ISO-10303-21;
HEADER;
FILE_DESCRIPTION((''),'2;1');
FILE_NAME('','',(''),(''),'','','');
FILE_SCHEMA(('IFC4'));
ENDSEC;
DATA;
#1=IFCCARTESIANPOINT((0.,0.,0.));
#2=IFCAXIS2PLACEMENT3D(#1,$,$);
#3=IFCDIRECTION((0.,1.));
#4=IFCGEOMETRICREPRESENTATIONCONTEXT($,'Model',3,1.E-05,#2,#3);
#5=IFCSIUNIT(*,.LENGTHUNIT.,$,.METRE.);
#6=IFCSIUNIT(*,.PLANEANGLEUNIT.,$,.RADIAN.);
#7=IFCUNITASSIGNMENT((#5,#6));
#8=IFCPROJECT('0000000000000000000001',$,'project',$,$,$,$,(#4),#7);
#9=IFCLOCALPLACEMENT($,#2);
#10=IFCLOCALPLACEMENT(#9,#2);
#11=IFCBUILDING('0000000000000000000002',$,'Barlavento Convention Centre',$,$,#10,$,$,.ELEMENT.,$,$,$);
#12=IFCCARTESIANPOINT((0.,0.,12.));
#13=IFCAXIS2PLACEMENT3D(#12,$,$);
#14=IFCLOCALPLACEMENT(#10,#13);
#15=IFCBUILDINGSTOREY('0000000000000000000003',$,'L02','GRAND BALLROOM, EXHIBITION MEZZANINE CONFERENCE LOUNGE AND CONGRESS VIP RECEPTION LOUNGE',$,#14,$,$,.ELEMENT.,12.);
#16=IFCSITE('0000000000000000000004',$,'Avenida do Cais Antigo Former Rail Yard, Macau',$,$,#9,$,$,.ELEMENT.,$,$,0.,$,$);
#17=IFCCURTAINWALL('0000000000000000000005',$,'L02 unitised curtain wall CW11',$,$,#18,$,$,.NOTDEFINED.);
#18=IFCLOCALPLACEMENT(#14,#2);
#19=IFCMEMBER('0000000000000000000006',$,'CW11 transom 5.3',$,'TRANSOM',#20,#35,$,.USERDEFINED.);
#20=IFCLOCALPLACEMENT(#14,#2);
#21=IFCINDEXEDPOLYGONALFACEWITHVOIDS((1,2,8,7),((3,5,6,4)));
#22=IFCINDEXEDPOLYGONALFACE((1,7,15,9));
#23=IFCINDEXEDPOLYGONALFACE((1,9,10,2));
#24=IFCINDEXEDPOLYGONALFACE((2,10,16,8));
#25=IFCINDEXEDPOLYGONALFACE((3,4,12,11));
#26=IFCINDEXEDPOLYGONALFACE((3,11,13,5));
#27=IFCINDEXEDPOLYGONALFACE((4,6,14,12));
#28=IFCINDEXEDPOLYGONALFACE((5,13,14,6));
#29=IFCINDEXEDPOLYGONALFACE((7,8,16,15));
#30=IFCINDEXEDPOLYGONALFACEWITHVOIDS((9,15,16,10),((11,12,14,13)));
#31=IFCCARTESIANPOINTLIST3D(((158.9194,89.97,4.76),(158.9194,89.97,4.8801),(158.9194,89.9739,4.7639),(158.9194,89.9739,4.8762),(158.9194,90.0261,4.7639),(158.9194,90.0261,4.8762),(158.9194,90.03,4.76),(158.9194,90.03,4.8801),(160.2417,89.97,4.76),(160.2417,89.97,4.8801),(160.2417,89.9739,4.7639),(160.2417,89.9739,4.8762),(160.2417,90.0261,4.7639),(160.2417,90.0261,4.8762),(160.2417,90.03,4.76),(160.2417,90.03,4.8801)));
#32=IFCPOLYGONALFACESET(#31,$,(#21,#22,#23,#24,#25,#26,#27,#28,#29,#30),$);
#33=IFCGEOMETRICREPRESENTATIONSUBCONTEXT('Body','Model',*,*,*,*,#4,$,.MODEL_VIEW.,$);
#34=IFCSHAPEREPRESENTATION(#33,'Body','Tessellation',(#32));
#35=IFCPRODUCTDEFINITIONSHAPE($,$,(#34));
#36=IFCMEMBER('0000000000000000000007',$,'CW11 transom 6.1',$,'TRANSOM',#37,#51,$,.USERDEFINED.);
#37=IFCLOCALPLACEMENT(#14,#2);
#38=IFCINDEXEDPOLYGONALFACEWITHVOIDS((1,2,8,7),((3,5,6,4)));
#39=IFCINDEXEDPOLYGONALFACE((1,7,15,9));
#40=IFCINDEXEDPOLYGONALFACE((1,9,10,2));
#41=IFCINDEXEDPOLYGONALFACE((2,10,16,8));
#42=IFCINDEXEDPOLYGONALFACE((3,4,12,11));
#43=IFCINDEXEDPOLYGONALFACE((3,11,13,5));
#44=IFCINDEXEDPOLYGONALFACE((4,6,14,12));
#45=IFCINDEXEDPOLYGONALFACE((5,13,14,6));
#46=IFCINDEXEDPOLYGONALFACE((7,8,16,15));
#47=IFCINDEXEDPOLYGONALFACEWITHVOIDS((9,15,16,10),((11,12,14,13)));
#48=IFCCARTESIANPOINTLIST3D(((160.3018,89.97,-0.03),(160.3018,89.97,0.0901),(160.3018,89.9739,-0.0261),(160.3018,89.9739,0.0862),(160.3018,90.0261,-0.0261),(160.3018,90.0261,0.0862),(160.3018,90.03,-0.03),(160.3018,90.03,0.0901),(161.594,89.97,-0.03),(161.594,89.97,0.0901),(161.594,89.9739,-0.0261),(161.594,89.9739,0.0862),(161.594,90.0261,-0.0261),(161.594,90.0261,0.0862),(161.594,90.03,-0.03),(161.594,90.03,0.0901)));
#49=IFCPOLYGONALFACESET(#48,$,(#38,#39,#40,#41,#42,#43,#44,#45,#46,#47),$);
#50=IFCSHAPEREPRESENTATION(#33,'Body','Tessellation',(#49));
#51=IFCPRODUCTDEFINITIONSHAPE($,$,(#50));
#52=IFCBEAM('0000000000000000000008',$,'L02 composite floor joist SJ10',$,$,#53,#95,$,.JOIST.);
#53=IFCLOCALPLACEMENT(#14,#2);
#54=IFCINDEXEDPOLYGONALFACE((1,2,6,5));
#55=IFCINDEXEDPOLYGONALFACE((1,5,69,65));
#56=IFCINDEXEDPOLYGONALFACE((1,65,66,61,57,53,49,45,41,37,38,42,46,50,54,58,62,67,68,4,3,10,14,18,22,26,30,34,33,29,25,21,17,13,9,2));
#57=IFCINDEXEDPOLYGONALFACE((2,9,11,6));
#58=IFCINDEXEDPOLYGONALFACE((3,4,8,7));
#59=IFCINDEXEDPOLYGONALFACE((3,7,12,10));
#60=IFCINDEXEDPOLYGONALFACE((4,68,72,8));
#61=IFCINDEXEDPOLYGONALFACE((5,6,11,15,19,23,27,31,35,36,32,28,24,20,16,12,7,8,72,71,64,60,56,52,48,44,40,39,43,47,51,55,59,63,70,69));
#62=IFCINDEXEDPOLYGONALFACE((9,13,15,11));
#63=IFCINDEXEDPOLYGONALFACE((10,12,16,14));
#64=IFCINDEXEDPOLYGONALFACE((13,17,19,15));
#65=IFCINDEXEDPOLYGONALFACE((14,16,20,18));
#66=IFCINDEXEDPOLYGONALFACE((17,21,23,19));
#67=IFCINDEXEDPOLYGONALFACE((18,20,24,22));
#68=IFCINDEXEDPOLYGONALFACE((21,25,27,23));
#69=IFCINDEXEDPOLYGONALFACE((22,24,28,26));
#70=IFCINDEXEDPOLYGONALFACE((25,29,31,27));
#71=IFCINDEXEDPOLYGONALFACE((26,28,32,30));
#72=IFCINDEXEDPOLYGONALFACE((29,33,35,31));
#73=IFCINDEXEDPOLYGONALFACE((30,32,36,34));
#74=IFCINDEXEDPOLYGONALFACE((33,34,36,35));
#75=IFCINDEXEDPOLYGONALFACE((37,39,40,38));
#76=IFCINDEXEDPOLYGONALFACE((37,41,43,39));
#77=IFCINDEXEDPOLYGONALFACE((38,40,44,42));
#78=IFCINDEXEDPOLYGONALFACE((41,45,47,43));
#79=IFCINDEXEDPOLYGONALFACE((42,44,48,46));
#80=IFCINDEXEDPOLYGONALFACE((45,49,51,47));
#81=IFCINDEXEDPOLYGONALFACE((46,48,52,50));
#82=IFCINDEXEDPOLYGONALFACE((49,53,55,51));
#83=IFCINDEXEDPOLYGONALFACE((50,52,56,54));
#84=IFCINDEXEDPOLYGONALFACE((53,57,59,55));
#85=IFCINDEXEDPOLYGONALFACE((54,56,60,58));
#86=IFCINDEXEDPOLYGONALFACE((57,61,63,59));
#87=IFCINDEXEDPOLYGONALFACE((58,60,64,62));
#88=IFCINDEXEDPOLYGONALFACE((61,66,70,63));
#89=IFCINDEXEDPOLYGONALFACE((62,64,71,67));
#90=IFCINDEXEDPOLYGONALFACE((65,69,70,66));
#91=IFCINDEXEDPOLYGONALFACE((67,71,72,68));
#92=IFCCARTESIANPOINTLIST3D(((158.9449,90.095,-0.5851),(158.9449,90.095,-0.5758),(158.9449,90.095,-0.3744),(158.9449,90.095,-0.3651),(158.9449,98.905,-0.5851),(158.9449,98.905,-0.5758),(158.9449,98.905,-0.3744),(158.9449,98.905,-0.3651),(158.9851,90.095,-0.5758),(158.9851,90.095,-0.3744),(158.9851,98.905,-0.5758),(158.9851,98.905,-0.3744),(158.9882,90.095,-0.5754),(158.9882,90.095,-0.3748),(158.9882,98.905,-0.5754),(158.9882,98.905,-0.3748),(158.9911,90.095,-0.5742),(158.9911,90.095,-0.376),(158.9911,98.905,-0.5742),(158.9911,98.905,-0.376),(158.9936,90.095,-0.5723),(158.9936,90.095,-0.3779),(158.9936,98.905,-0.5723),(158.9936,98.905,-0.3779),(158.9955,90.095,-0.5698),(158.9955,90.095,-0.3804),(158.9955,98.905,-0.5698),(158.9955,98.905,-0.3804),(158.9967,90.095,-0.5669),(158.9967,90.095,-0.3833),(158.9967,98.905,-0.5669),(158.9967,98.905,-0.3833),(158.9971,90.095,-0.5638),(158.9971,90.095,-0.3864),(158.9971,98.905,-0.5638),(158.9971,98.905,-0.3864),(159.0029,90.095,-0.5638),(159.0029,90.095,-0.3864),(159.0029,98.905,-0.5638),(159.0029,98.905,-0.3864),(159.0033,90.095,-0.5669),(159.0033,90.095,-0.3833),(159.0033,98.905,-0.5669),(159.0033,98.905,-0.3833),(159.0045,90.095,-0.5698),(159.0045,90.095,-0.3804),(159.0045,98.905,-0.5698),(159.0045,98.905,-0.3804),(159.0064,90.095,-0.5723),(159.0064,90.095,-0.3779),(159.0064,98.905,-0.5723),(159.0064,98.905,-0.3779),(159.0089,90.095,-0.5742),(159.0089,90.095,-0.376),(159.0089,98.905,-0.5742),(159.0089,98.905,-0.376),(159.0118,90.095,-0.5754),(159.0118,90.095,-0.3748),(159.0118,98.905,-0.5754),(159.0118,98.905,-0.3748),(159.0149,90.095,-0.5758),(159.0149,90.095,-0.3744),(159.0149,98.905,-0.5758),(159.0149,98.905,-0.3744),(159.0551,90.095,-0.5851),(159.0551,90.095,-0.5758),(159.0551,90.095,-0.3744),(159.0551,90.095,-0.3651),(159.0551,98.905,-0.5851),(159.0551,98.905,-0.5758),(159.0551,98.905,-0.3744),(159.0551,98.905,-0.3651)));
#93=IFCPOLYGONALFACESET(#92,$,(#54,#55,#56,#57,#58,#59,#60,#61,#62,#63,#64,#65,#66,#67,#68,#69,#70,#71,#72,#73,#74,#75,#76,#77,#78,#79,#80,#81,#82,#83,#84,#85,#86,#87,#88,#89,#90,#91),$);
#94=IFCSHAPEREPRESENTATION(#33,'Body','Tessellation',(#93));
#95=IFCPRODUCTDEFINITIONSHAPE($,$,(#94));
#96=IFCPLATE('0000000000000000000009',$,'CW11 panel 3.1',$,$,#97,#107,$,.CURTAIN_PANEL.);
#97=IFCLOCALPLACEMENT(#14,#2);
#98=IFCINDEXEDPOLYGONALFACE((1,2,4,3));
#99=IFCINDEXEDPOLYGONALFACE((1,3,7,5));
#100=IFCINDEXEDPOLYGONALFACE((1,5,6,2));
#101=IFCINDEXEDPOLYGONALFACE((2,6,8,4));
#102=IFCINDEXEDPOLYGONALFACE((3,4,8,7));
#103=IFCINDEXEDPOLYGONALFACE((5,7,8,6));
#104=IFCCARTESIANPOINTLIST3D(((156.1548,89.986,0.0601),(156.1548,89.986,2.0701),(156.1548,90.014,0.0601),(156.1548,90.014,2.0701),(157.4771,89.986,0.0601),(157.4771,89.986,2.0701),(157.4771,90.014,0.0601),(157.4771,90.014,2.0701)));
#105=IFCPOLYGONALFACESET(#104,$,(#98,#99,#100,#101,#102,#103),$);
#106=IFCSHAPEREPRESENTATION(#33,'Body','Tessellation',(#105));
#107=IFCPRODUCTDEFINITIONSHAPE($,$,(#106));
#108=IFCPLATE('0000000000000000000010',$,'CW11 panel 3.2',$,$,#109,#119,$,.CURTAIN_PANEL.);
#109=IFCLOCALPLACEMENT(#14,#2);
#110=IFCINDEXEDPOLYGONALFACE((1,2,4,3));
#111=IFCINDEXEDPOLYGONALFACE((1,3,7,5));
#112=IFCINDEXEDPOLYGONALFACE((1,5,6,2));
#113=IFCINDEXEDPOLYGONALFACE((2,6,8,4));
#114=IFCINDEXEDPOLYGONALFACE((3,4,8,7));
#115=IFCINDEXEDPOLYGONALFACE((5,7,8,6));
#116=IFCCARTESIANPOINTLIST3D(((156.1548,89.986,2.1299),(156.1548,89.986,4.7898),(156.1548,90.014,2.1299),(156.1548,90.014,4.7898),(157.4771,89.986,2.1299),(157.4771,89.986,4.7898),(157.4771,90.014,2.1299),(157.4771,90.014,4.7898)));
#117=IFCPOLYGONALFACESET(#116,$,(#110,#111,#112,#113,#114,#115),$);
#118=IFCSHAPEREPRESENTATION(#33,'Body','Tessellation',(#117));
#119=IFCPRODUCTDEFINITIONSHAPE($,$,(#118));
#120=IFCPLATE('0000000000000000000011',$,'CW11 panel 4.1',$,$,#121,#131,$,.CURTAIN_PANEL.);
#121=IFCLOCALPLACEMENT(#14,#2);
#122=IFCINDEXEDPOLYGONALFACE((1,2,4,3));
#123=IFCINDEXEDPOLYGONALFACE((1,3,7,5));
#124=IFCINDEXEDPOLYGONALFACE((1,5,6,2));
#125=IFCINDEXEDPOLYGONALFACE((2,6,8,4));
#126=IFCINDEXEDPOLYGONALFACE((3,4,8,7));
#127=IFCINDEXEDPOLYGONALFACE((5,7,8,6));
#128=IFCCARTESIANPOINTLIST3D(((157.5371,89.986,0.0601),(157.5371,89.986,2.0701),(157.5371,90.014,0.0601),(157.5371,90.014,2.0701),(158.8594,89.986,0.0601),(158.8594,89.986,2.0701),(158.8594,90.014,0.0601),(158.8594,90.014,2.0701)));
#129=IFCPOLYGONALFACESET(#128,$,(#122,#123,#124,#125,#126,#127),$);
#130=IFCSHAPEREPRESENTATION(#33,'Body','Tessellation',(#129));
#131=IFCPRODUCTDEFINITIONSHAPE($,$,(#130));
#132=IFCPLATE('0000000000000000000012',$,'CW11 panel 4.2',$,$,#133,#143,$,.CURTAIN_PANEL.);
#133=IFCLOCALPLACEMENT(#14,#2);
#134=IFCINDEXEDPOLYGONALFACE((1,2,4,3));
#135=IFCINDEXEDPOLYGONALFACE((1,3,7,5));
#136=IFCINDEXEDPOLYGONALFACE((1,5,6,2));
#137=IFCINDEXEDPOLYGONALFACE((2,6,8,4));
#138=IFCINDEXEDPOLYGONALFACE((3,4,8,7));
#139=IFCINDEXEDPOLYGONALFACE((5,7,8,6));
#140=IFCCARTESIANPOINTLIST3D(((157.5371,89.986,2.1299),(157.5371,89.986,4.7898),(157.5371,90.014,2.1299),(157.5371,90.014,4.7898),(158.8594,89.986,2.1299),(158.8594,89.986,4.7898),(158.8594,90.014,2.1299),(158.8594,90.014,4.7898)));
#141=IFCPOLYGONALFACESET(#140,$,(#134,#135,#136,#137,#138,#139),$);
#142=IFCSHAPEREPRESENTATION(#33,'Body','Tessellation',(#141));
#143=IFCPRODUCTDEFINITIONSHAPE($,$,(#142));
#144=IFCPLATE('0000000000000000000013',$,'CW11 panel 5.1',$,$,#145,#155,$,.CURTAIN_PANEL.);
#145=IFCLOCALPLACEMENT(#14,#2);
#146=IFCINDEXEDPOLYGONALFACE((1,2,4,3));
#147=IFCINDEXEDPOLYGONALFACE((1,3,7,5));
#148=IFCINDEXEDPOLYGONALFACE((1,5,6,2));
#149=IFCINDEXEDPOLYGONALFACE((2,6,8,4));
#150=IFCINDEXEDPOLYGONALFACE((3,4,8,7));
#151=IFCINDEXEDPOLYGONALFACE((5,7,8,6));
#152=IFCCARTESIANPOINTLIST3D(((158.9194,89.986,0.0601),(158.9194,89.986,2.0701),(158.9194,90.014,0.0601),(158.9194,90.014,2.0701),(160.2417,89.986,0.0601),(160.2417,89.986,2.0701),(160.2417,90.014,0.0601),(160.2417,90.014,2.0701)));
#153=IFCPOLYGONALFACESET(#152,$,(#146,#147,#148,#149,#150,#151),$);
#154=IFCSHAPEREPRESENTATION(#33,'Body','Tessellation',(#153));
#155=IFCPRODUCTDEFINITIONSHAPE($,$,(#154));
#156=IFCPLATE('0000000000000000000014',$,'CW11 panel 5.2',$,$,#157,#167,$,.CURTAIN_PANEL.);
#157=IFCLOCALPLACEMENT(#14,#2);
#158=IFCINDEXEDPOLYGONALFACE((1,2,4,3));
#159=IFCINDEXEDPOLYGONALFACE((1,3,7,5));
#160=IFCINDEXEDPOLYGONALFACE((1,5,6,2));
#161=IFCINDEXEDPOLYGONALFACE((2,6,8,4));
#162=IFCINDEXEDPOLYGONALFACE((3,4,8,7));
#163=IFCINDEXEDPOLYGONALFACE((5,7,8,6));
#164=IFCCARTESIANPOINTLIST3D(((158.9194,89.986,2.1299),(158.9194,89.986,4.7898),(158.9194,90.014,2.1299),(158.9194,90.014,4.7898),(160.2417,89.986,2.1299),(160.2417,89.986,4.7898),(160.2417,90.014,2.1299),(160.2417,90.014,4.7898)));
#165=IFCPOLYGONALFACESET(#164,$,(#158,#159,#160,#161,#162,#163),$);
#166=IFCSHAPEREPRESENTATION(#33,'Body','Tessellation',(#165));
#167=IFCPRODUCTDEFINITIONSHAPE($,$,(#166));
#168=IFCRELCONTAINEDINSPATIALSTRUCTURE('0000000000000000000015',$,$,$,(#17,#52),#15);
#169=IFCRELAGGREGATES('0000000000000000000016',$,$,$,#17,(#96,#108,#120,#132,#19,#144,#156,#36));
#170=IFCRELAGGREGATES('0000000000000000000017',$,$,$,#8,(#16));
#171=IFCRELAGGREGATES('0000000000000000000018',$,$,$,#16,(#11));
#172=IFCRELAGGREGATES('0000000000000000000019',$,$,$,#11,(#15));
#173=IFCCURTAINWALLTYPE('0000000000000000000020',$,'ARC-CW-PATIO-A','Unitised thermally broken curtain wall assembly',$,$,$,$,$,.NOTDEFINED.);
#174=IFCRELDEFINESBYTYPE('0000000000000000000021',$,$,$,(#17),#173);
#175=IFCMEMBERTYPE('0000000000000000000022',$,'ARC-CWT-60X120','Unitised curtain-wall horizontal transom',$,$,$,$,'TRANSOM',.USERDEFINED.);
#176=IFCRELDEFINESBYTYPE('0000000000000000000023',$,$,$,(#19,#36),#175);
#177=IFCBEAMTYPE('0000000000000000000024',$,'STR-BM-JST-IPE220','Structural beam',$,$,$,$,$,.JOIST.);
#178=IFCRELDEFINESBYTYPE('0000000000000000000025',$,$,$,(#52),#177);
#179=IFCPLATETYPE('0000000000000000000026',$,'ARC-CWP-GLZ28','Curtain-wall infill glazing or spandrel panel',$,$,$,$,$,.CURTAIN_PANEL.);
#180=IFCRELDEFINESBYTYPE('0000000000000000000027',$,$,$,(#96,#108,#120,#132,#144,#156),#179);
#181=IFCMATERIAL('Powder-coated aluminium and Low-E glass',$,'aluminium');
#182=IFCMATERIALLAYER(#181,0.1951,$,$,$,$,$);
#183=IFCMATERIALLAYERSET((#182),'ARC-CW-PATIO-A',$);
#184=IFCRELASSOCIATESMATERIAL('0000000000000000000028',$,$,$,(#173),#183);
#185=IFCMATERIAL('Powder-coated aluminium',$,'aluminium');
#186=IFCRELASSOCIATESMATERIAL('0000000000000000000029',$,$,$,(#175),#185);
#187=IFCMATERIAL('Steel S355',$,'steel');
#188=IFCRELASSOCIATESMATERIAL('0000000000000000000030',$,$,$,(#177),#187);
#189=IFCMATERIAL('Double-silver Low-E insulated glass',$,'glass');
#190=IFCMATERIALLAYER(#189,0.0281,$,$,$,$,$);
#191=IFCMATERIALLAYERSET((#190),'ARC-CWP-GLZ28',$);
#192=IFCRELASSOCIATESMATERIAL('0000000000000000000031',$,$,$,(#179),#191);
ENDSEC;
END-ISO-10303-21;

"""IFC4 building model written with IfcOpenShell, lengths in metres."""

from ifc_helpers import new_model, si_unit, direction, frame, origin, origin_2d, place, context, subcontext, project, spatial, rectangle, hollow_rectangle, i_section, extrude, material, layer, layer_set, material_profile, profile_set, type_object, element, aggregate, save


model = new_model("IFC4")

# Units and contexts
model_context = context("Model", 3, precision=1e-05, world=origin(), true_north=direction((0.0, 1.0)))
body_context = subcontext(model_context, "Body", "Model", "MODEL_VIEW")
ifc_project = project(units=[si_unit("LENGTHUNIT", "METRE"), si_unit("PLANEANGLEUNIT", "RADIAN")], contexts=[model_context])

# Site, building, storey
site_placement = place(None, origin())
site = spatial("IfcSite", under=ifc_project, at=site_placement, Name="Avenida do Cais Antigo Former Rail Yard, Macau", CompositionType="ELEMENT", RefElevation=0.0)
building_placement = place(site_placement, origin())
building = spatial("IfcBuilding", under=site, at=building_placement, Name="Barlavento Convention Centre", CompositionType="ELEMENT")
storey_placement = place(building_placement, frame((0.0, 0.0, 12.0)))
storey = spatial("IfcBuildingStorey", under=building, at=storey_placement, Name="L02", Description="GRAND BALLROOM, EXHIBITION MEZZANINE CONFERENCE LOUNGE AND CONGRESS VIP RECEPTION LOUNGE", CompositionType="ELEMENT", Elevation=12.0)

# Curtain wall, members
ifc_material_1 = material(Name="Powder-coated aluminium and Low-E glass", Category="aluminium")
ifc_layer_1 = layer(ifc_material_1, 0.1951)
ifc_layer_set_1 = layer_set([ifc_layer_1], Name="ARC-CW-PATIO-A")
curtain_wall_type = type_object("IfcCurtainWallType", Name="ARC-CW-PATIO-A", Description="Unitised thermally broken curtain wall assembly", PredefinedType="NOTDEFINED", material=ifc_layer_set_1)
curtain_wall_placement = place(storey_placement, origin())
curtain_wall = element("IfcCurtainWall", 1, at=curtain_wall_placement, inside=storey, type_object=curtain_wall_type, Name="L02 unitised curtain wall CW11", PredefinedType="NOTDEFINED")
ifc_material_2 = material(Name="Powder-coated aluminium", Category="aluminium")
ifc_material_profile_1 = material_profile(ifc_material_2, hollow_rectangle(XDim=0.0601, YDim=0.1201, WallThickness=0.0039, at=origin_2d()), Name="AL-TRAN 60x120x4")
ifc_profile_set_1 = profile_set([ifc_material_profile_1], Name="Powder-coated aluminium")
member_type_1 = type_object("IfcMemberType", Name="ARC-CWT-60X120", Description="Unitised curtain-wall horizontal transom", ElementType="TRANSOM", PredefinedType="USERDEFINED", material=ifc_profile_set_1)
member_1_placement = place(storey_placement, frame((158.9194, 90.0, 4.8201), z_axis=(1.0, 0.0, 0.0), x_axis=(0.0, 1.0, 0.0)))
member_1 = element("IfcMember", 2, at=member_1_placement, type_object=member_type_1, Name="CW11 transom 5.3", ObjectType="TRANSOM", PredefinedType="USERDEFINED", context=body_context, shape_type="SweptSolid", body=[
    extrude(hollow_rectangle(XDim=0.0601, YDim=0.1201, WallThickness=0.0039, at=origin_2d()), origin(), (0.0, 0.0, 1.0), 1.3223),
])
member_2_placement = place(storey_placement, frame((160.3018, 90.0, 0.03), z_axis=(1.0, 0.0, 0.0), x_axis=(0.0, 1.0, 0.0)))
member_2 = element("IfcMember", 3, at=member_2_placement, type_object=member_type_1, Name="CW11 transom 6.1", ObjectType="TRANSOM", PredefinedType="USERDEFINED", context=body_context, shape_type="SweptSolid", body=[
    extrude(hollow_rectangle(XDim=0.0601, YDim=0.1201, WallThickness=0.0039, at=origin_2d()), origin(), (0.0, 0.0, 1.0), 1.2922),
])

# Beam
ifc_material_3 = material(Name="Steel S355", Category="steel")
ifc_material_profile_2 = material_profile(ifc_material_3, i_section(OverallWidth=0.1101, OverallDepth=0.22, WebThickness=0.0059, FlangeThickness=0.0093, FilletRadius=0.012, at=origin_2d()), Name="IPE 220")
ifc_profile_set_2 = profile_set([ifc_material_profile_2], Name="Steel S355")
beam_type = type_object("IfcBeamType", Name="STR-BM-JST-IPE220", Description="Structural beam", PredefinedType="JOIST", material=ifc_profile_set_2)
beam_placement = place(storey_placement, frame((159.0, 90.095, -0.4751), z_axis=(0.0, 1.0, 0.0), x_axis=(-1.0, 0.0, 0.0)))
element("IfcBeam", 4, at=beam_placement, inside=storey, type_object=beam_type, Name="L02 composite floor joist SJ10", PredefinedType="JOIST", context=body_context, shape_type="SweptSolid", body=[
    extrude(i_section(OverallWidth=0.1101, OverallDepth=0.22, WebThickness=0.0059, FlangeThickness=0.0093, FilletRadius=0.012, at=origin_2d()), origin(), (0.0, 0.0, 1.0), 8.8101),
])

# Plates
ifc_material_4 = material(Name="Double-silver Low-E insulated glass", Category="glass")
ifc_layer_2 = layer(ifc_material_4, 0.0281)
ifc_layer_set_2 = layer_set([ifc_layer_2], Name="ARC-CWP-GLZ28")
plate_type = type_object("IfcPlateType", Name="ARC-CWP-GLZ28", Description="Curtain-wall infill glazing or spandrel panel", PredefinedType="CURTAIN_PANEL", material=ifc_layer_set_2)
plate_1_placement = place(storey_placement, frame((156.8159, 90.0, 0.0601), z_axis=(0.0, 0.0, 1.0), x_axis=(1.0, 0.0, 0.0)))
plate_1 = element("IfcPlate", 5, at=plate_1_placement, type_object=plate_type, Name="CW11 panel 3.1", PredefinedType="CURTAIN_PANEL", context=body_context, shape_type="SweptSolid", body=[
    extrude(rectangle(XDim=1.3223, YDim=0.0281, at=origin_2d()), origin(), (0.0, 0.0, 1.0), 2.01),
])
plate_2_placement = place(storey_placement, frame((156.8159, 90.0, 2.1299), z_axis=(0.0, 0.0, 1.0), x_axis=(1.0, 0.0, 0.0)))
plate_2 = element("IfcPlate", 6, at=plate_2_placement, type_object=plate_type, Name="CW11 panel 3.2", PredefinedType="CURTAIN_PANEL", context=body_context, shape_type="SweptSolid", body=[
    extrude(rectangle(XDim=1.3223, YDim=0.0281, at=origin_2d()), origin(), (0.0, 0.0, 1.0), 2.6599),
])
plate_3_placement = place(storey_placement, frame((158.1982, 90.0, 0.0601), z_axis=(0.0, 0.0, 1.0), x_axis=(1.0, 0.0, 0.0)))
plate_3 = element("IfcPlate", 7, at=plate_3_placement, type_object=plate_type, Name="CW11 panel 4.1", PredefinedType="CURTAIN_PANEL", context=body_context, shape_type="SweptSolid", body=[
    extrude(rectangle(XDim=1.3223, YDim=0.0281, at=origin_2d()), origin(), (0.0, 0.0, 1.0), 2.01),
])
plate_4_placement = place(storey_placement, frame((158.1982, 90.0, 2.1299), z_axis=(0.0, 0.0, 1.0), x_axis=(1.0, 0.0, 0.0)))
plate_4 = element("IfcPlate", 8, at=plate_4_placement, type_object=plate_type, Name="CW11 panel 4.2", PredefinedType="CURTAIN_PANEL", context=body_context, shape_type="SweptSolid", body=[
    extrude(rectangle(XDim=1.3223, YDim=0.0281, at=origin_2d()), origin(), (0.0, 0.0, 1.0), 2.6599),
])
plate_5_placement = place(storey_placement, frame((159.5806, 90.0, 0.0601), z_axis=(0.0, 0.0, 1.0), x_axis=(1.0, 0.0, 0.0)))
plate_5 = element("IfcPlate", 9, at=plate_5_placement, type_object=plate_type, Name="CW11 panel 5.1", PredefinedType="CURTAIN_PANEL", context=body_context, shape_type="SweptSolid", body=[
    extrude(rectangle(XDim=1.3223, YDim=0.0281, at=origin_2d()), origin(), (0.0, 0.0, 1.0), 2.01),
])
plate_6_placement = place(storey_placement, frame((159.5806, 90.0, 2.1299), z_axis=(0.0, 0.0, 1.0), x_axis=(1.0, 0.0, 0.0)))
plate_6 = element("IfcPlate", 10, at=plate_6_placement, type_object=plate_type, Name="CW11 panel 5.2", PredefinedType="CURTAIN_PANEL", context=body_context, shape_type="SweptSolid", body=[
    extrude(rectangle(XDim=1.3223, YDim=0.0281, at=origin_2d()), origin(), (0.0, 0.0, 1.0), 2.6599),
])
aggregate(curtain_wall, [plate_1, plate_2, plate_3, plate_4, member_1, plate_5, plate_6, member_2])

save(model, "model.ifc")
